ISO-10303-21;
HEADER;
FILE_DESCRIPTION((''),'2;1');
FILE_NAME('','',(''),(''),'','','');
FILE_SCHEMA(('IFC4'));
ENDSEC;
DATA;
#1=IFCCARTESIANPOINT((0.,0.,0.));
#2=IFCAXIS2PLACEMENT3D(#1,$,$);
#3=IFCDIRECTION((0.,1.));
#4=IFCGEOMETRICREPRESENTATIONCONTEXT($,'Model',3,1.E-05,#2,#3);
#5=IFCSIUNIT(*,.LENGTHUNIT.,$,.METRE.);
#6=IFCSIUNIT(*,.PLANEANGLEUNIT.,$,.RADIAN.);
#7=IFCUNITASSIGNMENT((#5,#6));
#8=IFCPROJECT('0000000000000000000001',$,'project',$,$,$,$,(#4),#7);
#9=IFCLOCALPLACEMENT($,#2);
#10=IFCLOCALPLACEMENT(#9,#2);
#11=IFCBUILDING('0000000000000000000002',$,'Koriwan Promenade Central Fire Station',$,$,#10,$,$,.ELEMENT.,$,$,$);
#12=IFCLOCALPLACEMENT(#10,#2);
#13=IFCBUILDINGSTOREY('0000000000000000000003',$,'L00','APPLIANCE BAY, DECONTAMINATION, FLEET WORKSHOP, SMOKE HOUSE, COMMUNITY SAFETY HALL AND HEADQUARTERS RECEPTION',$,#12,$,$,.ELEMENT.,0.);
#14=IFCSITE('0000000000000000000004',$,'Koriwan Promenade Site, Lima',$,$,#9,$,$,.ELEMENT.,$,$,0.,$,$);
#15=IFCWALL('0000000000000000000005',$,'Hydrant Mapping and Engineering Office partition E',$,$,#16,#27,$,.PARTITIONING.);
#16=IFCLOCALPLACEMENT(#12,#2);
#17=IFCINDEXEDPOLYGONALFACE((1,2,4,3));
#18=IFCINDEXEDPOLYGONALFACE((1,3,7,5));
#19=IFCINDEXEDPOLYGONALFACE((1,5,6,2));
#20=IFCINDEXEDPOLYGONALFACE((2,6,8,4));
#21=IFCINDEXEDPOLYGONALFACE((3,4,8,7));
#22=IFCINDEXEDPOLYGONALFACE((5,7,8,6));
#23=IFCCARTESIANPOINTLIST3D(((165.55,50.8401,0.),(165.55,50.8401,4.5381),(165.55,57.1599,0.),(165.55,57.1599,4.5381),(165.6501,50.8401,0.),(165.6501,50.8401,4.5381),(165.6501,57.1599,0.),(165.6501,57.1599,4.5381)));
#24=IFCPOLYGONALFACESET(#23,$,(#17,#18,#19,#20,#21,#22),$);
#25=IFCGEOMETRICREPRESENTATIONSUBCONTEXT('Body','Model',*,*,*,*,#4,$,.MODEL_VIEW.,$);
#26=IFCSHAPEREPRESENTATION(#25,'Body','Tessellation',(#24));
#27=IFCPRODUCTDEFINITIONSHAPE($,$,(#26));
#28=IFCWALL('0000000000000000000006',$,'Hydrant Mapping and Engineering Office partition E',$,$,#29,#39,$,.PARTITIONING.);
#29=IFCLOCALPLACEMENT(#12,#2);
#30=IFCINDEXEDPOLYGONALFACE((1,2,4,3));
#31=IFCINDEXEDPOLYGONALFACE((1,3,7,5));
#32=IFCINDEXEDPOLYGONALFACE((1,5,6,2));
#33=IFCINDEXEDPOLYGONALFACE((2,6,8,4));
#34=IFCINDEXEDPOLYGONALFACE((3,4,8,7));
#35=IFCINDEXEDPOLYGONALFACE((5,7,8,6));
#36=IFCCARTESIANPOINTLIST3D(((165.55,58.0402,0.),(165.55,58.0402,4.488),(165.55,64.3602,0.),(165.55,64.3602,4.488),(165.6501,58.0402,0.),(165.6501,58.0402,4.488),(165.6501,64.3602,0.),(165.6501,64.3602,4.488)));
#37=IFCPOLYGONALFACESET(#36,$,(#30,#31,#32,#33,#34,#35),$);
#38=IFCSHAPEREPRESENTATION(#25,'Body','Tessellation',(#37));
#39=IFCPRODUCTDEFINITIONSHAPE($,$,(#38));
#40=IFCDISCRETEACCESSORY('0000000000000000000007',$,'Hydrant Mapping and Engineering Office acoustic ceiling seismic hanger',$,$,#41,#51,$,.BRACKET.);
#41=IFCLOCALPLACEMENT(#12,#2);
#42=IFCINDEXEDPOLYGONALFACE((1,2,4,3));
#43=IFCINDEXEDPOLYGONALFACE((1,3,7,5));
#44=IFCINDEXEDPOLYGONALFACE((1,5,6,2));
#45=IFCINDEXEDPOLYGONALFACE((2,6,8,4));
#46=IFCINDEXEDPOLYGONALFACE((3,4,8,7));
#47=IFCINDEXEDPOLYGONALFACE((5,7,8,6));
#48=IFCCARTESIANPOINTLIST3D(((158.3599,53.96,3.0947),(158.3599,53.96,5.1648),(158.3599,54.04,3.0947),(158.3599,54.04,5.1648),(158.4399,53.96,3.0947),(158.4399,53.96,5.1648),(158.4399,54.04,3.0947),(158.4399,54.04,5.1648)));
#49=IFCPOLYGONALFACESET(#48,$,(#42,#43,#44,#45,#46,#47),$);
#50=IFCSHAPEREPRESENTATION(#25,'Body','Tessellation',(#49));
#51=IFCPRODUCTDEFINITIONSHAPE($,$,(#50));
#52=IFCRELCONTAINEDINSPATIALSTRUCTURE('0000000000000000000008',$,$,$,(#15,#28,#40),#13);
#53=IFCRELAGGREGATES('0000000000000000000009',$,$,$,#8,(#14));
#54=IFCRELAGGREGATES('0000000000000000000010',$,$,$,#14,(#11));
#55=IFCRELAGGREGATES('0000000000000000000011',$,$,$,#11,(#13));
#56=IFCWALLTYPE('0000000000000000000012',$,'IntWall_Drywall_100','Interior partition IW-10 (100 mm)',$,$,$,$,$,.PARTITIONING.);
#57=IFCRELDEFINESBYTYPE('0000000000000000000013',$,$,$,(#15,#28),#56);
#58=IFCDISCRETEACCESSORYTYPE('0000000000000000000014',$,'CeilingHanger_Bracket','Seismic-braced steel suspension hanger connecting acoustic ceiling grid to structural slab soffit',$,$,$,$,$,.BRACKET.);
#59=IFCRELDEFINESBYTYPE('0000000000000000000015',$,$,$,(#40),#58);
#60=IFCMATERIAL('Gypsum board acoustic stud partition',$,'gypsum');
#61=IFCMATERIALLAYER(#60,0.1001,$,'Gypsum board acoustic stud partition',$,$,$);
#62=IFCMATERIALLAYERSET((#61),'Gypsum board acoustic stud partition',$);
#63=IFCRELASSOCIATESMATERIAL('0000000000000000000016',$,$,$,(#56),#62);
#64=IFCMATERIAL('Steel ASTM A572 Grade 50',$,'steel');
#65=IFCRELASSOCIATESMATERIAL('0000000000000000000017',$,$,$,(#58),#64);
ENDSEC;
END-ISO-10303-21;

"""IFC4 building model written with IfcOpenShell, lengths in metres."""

from ifc_helpers import new_model, si_unit, direction, frame, frame_2d, origin, origin_2d, place, context, subcontext, project, spatial, rectangle, extrude, material, layer, layer_set, type_object, element, save


model = new_model("IFC4")

# Units and contexts
model_context = context("Model", 3, precision=1e-05, world=origin(), true_north=direction((0.0, 1.0)))
body_context = subcontext(model_context, "Body", "Model", "MODEL_VIEW")
ifc_project = project(units=[si_unit("LENGTHUNIT", "METRE"), si_unit("PLANEANGLEUNIT", "RADIAN")], contexts=[model_context])

# Site, building, storey
site_placement = place(None, origin())
site = spatial("IfcSite", under=ifc_project, at=site_placement, Name="Koriwan Promenade Site, Lima", CompositionType="ELEMENT", RefElevation=0.0)
building_placement = place(site_placement, origin())
building = spatial("IfcBuilding", under=site, at=building_placement, Name="Koriwan Promenade Central Fire Station", CompositionType="ELEMENT")
storey_placement = place(building_placement, origin())
storey = spatial("IfcBuildingStorey", under=building, at=storey_placement, Name="L00", Description="APPLIANCE BAY, DECONTAMINATION, FLEET WORKSHOP, SMOKE HOUSE, COMMUNITY SAFETY HALL AND HEADQUARTERS RECEPTION", CompositionType="ELEMENT", Elevation=0.0)

# Walls
ifc_material_1 = material(Name="Gypsum board acoustic stud partition", Category="gypsum")
ifc_layer = layer(ifc_material_1, 0.1001, Name="Gypsum board acoustic stud partition")
ifc_layer_set = layer_set([ifc_layer], Name="Gypsum board acoustic stud partition")
wall_type = type_object("IfcWallType", Name="IntWall_Drywall_100", Description="Interior partition IW-10 (100 mm)", PredefinedType="PARTITIONING", material=ifc_layer_set)
wall_1_placement = place(storey_placement, frame((165.6001, 50.8401, 0.0), z_axis=(0.0, 0.0, 1.0), x_axis=(0.0, 1.0, 0.0)))
element("IfcWall", 1, at=wall_1_placement, inside=storey, type_object=wall_type, Name="Hydrant Mapping and Engineering Office partition E", PredefinedType="PARTITIONING", context=body_context, shape_type="SweptSolid", body=[
    extrude(rectangle(XDim=6.3198, YDim=0.1001, at=frame_2d((3.1599, 0.0))), origin(), (0.0, 0.0, 1.0), 4.5381),
])
wall_2_placement = place(storey_placement, frame((165.6001, 58.04, 0.0), z_axis=(0.0, 0.0, 1.0), x_axis=(0.0, 1.0, 0.0)))
element("IfcWall", 2, at=wall_2_placement, inside=storey, type_object=wall_type, Name="Hydrant Mapping and Engineering Office partition E", PredefinedType="PARTITIONING", context=body_context, shape_type="SweptSolid", body=[
    extrude(rectangle(XDim=6.3201, YDim=0.1001, at=frame_2d((3.1602, 0.0))), origin(), (0.0, 0.0, 1.0), 4.488),
])

# Discrete accessory
ifc_material_2 = material(Name="Steel ASTM A572 Grade 50", Category="steel")
discrete_accessory_type = type_object("IfcDiscreteAccessoryType", Name="CeilingHanger_Bracket", Description="Seismic-braced steel suspension hanger connecting acoustic ceiling grid to structural slab soffit", PredefinedType="BRACKET", material=ifc_material_2)
discrete_accessory_placement = place(storey_placement, frame((158.3999, 54.0, 3.0947), z_axis=(0.0, 0.0, 1.0), x_axis=(1.0, 0.0, 0.0)))
element("IfcDiscreteAccessory", 3, at=discrete_accessory_placement, inside=storey, type_object=discrete_accessory_type, Name="Hydrant Mapping and Engineering Office acoustic ceiling seismic hanger", PredefinedType="BRACKET", context=body_context, shape_type="SweptSolid", body=[
    extrude(rectangle(XDim=0.0801, YDim=0.0801, at=origin_2d()), origin(), (0.0, 0.0, 1.0), 2.0701),
])

save(model, "model.ifc")
